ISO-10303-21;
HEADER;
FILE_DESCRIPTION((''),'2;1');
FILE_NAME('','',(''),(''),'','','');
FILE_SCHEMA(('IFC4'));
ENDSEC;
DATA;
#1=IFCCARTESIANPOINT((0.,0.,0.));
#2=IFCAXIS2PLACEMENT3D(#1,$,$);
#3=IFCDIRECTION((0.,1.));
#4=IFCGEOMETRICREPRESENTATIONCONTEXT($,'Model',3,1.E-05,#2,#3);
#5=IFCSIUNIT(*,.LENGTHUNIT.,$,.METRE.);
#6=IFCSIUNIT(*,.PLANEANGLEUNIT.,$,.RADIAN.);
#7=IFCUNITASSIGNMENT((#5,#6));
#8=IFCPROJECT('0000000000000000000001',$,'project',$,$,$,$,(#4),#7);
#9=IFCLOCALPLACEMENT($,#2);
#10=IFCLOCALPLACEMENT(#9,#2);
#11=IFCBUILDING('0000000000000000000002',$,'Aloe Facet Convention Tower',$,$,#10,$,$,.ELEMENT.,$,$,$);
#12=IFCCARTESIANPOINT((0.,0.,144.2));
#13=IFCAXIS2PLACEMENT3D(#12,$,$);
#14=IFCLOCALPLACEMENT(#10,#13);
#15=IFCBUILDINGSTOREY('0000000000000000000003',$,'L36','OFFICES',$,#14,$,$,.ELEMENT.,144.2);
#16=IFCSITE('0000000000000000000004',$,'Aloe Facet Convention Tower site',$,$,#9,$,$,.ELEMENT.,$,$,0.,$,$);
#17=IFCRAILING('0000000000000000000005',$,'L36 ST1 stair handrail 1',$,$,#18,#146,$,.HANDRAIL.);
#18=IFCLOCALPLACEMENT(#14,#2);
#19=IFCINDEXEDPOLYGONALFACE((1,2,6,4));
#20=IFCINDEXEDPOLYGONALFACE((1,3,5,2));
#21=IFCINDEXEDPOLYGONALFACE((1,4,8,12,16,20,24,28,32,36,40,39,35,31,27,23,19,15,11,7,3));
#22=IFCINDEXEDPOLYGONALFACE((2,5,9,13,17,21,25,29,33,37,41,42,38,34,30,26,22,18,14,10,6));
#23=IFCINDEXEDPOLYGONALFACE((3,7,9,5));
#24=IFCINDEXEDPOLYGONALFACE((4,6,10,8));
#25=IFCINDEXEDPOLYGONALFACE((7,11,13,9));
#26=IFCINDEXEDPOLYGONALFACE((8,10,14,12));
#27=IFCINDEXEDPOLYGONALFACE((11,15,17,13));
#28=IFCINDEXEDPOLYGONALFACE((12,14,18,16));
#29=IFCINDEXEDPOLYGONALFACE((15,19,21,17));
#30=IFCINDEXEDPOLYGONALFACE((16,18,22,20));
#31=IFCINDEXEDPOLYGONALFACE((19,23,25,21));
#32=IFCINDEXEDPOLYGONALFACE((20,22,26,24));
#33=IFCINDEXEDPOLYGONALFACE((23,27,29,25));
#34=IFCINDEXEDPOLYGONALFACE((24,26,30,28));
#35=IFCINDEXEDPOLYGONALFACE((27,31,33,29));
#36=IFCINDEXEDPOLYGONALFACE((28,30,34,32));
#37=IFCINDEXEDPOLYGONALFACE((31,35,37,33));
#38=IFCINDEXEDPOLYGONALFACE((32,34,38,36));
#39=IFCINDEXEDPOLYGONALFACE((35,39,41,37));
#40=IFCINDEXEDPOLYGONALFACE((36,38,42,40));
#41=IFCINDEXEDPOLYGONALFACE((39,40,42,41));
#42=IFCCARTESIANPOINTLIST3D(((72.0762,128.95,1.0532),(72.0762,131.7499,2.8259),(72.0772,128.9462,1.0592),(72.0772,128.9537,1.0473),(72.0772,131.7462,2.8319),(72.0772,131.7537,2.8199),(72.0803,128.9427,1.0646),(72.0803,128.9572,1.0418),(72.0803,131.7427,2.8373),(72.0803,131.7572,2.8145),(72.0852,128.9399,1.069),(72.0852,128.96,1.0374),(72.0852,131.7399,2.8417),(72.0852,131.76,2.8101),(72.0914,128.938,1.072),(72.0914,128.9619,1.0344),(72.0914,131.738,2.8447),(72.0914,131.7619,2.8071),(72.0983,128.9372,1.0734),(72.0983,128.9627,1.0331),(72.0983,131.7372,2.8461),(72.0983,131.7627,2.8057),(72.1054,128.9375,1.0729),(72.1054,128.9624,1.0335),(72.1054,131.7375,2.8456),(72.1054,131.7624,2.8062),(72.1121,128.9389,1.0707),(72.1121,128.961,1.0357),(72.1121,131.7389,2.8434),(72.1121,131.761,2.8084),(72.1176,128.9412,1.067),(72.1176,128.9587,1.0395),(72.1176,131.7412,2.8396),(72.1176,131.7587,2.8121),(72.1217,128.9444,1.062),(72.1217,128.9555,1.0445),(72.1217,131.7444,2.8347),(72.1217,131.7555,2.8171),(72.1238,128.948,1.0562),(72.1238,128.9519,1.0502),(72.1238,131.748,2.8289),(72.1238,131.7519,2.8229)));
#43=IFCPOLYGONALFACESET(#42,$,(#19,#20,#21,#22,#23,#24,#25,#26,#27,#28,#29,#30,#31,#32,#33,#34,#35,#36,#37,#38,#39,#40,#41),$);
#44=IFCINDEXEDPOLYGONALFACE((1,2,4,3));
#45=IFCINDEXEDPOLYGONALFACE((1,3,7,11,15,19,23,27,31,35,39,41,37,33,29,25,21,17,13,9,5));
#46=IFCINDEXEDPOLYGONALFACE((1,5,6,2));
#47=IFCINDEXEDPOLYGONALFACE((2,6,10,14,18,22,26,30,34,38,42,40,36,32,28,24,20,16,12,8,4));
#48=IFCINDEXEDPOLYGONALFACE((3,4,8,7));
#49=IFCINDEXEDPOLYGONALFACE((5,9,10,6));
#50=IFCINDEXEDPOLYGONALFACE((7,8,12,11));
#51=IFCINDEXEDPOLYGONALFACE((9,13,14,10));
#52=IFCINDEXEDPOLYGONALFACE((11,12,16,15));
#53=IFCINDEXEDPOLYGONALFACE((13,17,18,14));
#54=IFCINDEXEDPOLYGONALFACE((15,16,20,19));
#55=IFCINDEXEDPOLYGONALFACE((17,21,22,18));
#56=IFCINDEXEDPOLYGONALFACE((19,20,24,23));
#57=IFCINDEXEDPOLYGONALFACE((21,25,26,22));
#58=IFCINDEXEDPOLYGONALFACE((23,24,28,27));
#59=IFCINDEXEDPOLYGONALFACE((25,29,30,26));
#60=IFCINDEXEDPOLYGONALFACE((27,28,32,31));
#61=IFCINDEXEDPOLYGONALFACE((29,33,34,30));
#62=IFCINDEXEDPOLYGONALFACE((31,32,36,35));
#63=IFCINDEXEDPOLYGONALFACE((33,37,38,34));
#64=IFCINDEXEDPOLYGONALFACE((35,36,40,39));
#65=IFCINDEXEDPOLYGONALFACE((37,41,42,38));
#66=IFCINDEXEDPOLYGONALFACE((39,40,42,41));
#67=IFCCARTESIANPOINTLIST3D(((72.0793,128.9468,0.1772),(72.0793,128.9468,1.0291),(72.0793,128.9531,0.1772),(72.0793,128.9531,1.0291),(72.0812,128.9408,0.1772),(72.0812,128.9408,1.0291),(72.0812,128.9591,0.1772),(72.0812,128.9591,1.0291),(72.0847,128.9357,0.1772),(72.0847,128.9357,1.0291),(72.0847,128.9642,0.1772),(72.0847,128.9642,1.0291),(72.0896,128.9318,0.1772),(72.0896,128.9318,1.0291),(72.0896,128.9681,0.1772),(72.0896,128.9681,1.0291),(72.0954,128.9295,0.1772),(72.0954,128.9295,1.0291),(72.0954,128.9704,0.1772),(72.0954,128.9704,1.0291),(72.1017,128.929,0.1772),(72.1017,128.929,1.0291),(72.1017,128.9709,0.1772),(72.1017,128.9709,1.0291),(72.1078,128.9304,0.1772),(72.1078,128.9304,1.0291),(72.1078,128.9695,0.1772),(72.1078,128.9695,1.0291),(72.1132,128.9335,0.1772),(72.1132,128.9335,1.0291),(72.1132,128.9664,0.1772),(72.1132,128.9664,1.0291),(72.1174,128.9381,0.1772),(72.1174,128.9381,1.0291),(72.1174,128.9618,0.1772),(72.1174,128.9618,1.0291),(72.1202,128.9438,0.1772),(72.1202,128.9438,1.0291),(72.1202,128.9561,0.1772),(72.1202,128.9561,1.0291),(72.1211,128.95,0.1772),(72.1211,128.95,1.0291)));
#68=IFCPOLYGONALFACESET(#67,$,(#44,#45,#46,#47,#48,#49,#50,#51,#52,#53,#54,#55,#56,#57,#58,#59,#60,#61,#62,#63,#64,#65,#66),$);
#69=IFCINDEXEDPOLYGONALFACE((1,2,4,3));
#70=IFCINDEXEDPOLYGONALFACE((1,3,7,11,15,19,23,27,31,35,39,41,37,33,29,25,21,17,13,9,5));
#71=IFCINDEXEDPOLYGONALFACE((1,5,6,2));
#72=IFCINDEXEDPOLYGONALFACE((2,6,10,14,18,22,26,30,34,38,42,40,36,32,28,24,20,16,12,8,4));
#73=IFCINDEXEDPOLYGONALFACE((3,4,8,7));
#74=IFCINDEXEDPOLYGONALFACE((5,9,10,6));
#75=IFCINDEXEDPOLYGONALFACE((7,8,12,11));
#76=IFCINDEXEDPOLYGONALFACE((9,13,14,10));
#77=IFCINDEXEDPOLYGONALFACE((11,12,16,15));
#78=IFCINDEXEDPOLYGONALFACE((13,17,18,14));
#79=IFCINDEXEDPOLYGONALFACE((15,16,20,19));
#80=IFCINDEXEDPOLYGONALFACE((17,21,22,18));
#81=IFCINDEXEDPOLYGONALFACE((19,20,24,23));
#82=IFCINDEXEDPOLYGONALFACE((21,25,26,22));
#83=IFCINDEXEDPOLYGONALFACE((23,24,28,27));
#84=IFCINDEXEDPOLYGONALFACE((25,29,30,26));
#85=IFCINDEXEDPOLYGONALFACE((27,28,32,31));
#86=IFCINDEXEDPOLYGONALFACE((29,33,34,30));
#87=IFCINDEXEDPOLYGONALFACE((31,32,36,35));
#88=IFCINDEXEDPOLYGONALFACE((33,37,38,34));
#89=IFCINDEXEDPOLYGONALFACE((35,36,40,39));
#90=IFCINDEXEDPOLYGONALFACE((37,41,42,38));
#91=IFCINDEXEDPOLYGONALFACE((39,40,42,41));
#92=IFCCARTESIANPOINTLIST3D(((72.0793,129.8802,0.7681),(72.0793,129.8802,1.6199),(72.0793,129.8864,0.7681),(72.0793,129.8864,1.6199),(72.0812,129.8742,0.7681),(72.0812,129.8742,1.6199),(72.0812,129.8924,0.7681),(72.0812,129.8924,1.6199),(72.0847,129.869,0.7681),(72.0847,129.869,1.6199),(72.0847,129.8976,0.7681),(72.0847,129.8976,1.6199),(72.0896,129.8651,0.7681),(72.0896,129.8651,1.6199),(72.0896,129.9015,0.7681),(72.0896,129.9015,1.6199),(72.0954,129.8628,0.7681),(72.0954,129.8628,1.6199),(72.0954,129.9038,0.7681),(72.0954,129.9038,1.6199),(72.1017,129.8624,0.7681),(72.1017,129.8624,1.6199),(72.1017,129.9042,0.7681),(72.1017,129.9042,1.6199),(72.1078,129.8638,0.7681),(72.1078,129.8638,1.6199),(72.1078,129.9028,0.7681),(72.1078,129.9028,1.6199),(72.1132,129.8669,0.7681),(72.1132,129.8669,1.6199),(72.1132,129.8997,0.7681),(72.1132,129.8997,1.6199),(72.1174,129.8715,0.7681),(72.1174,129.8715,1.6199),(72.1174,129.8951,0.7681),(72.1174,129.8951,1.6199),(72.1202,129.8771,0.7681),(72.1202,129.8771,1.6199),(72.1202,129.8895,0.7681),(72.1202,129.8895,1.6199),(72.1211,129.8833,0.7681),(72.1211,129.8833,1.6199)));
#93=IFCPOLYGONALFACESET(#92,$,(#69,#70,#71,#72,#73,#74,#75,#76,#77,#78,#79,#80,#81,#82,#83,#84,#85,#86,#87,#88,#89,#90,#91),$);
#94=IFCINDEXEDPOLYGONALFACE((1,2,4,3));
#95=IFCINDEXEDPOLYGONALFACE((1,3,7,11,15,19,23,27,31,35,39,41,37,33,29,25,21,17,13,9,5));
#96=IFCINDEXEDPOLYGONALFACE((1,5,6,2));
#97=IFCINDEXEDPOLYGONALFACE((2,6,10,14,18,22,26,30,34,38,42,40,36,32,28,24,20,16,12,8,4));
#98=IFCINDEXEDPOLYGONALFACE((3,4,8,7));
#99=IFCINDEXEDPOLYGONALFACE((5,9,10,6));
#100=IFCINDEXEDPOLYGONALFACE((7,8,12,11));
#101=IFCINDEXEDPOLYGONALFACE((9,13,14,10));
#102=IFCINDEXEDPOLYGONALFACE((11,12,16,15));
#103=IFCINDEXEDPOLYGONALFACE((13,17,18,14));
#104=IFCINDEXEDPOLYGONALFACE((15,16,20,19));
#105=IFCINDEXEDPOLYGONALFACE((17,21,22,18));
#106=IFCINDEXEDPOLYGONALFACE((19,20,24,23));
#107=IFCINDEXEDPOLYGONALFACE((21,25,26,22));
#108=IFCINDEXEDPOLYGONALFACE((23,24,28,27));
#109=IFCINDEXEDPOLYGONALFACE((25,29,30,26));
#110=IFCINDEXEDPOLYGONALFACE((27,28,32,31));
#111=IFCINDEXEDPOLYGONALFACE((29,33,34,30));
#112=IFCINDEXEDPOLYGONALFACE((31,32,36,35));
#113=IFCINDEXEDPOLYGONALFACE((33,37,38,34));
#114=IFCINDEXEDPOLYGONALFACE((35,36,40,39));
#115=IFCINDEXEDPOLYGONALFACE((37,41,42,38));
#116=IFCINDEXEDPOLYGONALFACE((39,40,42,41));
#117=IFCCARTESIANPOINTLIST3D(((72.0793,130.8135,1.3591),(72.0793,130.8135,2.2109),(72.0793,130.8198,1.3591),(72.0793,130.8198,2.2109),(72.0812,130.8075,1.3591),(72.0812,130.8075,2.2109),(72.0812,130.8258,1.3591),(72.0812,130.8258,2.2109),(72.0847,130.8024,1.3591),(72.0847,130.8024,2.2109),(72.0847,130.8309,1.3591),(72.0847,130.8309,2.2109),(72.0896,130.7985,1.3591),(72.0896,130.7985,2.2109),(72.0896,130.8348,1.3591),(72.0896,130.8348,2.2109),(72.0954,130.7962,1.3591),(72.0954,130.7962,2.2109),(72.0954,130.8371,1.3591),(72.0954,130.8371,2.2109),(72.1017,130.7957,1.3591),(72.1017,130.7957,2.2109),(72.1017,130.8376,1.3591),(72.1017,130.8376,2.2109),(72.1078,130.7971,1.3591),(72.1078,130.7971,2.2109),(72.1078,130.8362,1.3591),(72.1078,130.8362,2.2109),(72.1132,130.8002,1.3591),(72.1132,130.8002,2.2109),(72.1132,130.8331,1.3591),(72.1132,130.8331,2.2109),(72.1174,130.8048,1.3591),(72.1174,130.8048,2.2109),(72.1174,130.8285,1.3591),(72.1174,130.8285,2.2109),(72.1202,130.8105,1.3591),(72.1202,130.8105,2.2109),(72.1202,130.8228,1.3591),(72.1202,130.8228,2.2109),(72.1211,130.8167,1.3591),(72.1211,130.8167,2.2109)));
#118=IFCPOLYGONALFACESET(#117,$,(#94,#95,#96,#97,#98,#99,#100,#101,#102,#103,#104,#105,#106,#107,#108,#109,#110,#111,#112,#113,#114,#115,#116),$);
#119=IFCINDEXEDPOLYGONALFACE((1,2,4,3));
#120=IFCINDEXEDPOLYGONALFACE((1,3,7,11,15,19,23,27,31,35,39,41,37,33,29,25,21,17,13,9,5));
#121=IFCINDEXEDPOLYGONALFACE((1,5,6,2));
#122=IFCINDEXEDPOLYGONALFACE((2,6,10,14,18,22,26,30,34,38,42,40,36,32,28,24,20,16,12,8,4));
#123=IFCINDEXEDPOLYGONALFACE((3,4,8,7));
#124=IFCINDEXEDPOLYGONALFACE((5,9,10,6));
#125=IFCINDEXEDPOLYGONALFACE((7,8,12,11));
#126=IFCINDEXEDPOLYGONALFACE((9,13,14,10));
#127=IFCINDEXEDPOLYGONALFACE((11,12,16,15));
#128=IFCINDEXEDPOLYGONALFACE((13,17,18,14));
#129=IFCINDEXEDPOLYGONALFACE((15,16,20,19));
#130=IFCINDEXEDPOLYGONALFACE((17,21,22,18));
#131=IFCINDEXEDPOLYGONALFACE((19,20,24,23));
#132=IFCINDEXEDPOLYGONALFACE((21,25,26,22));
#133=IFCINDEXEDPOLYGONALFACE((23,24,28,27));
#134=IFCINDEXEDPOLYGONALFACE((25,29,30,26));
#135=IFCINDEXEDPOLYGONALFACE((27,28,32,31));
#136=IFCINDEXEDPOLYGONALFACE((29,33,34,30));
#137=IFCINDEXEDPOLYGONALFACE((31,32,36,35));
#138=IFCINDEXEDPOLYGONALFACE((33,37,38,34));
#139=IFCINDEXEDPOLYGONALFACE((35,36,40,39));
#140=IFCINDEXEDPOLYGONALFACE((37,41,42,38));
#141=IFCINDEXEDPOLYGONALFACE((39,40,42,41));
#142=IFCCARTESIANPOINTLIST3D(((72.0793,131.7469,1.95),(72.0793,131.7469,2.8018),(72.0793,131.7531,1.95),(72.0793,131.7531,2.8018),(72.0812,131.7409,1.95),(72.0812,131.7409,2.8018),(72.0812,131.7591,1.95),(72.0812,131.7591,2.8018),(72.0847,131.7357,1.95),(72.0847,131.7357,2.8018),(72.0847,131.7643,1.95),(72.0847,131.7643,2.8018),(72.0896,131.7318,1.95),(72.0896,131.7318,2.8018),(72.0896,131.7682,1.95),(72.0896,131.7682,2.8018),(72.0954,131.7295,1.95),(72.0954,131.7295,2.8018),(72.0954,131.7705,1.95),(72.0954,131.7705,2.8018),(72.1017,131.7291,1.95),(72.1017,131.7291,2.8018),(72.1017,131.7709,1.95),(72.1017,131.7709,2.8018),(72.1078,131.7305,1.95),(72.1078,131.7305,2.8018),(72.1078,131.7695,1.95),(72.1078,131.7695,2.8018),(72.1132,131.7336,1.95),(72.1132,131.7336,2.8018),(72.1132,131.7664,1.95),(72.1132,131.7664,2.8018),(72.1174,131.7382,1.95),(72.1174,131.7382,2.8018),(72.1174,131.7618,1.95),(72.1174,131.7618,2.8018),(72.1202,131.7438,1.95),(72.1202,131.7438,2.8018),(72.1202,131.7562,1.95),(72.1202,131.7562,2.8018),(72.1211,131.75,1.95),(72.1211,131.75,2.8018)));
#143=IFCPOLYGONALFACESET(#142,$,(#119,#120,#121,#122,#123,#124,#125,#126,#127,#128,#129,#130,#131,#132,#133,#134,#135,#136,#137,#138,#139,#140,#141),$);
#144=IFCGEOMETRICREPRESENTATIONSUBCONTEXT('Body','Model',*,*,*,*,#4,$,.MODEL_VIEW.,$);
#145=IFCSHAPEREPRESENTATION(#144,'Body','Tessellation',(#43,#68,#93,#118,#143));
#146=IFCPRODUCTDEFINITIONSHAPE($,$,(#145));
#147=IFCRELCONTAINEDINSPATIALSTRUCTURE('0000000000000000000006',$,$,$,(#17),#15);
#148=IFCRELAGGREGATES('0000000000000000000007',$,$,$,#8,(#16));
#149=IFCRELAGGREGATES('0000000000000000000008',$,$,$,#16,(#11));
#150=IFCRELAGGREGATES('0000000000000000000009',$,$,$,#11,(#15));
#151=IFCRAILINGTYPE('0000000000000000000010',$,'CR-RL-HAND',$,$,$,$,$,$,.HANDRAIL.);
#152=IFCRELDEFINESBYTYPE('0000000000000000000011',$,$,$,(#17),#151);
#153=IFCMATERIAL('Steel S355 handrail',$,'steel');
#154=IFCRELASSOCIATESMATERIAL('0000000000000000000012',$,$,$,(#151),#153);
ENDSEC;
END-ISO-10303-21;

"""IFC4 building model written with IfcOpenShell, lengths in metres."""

from ifc_helpers import new_model, si_unit, direction, frame, origin, origin_2d, place, context, subcontext, project, spatial, circle, extrude, material, type_object, element, save


model = new_model("IFC4")

# Units and contexts
model_context = context("Model", 3, precision=1e-05, world=origin(), true_north=direction((0.0, 1.0)))
body_context = subcontext(model_context, "Body", "Model", "MODEL_VIEW")
ifc_project = project(units=[si_unit("LENGTHUNIT", "METRE"), si_unit("PLANEANGLEUNIT", "RADIAN")], contexts=[model_context])

# Site, building, storey
site_placement = place(None, origin())
site = spatial("IfcSite", under=ifc_project, at=site_placement, Name="Aloe Facet Convention Tower site", CompositionType="ELEMENT", RefElevation=0.0)
building_placement = place(site_placement, origin())
building = spatial("IfcBuilding", under=site, at=building_placement, Name="Aloe Facet Convention Tower", CompositionType="ELEMENT")
storey_placement = place(building_placement, frame((0.0, 0.0, 144.2)))
storey = spatial("IfcBuildingStorey", under=building, at=storey_placement, Name="L36", Description="OFFICES", CompositionType="ELEMENT", Elevation=144.2)

# Railing
ifc_material_1 = material(Name="Steel S355 handrail", Category="steel")
railing_type_1 = type_object("IfcRailingType", Name="CR-RL-HAND", PredefinedType="HANDRAIL", material=ifc_material_1)
railing_1_placement = place(storey_placement, frame((72.1001, 128.95, 0.1772)))
element("IfcRailing", 1, at=railing_1_placement, inside=storey, type_object=railing_type_1, Name="L36 ST1 stair handrail 1", PredefinedType="HANDRAIL", context=body_context, shape_type="SweptSolid", body=[
    extrude(circle(Radius=0.0239, at=origin_2d()), frame((0.0, 0.0, 0.876), z_axis=(0.0, 0.844909, 0.53491), x_axis=(-1.0, 0.0, 0.0)), (0.0, 0.0, 1.0), 3.314),
    extrude(circle(Radius=0.021, at=origin_2d()), origin(), (0.0, 0.0, 1.0), 0.8518),
    extrude(circle(Radius=0.021, at=origin_2d()), frame((0.0, 0.9333, 0.5908)), (0.0, 0.0, 1.0), 0.8518),
    extrude(circle(Radius=0.021, at=origin_2d()), frame((0.0, 1.8667, 1.1819)), (0.0, 0.0, 1.0), 0.8518),
    extrude(circle(Radius=0.021, at=origin_2d()), frame((0.0, 2.8, 1.7727)), (0.0, 0.0, 1.0), 0.8518),
])

save(model, "model.ifc")
